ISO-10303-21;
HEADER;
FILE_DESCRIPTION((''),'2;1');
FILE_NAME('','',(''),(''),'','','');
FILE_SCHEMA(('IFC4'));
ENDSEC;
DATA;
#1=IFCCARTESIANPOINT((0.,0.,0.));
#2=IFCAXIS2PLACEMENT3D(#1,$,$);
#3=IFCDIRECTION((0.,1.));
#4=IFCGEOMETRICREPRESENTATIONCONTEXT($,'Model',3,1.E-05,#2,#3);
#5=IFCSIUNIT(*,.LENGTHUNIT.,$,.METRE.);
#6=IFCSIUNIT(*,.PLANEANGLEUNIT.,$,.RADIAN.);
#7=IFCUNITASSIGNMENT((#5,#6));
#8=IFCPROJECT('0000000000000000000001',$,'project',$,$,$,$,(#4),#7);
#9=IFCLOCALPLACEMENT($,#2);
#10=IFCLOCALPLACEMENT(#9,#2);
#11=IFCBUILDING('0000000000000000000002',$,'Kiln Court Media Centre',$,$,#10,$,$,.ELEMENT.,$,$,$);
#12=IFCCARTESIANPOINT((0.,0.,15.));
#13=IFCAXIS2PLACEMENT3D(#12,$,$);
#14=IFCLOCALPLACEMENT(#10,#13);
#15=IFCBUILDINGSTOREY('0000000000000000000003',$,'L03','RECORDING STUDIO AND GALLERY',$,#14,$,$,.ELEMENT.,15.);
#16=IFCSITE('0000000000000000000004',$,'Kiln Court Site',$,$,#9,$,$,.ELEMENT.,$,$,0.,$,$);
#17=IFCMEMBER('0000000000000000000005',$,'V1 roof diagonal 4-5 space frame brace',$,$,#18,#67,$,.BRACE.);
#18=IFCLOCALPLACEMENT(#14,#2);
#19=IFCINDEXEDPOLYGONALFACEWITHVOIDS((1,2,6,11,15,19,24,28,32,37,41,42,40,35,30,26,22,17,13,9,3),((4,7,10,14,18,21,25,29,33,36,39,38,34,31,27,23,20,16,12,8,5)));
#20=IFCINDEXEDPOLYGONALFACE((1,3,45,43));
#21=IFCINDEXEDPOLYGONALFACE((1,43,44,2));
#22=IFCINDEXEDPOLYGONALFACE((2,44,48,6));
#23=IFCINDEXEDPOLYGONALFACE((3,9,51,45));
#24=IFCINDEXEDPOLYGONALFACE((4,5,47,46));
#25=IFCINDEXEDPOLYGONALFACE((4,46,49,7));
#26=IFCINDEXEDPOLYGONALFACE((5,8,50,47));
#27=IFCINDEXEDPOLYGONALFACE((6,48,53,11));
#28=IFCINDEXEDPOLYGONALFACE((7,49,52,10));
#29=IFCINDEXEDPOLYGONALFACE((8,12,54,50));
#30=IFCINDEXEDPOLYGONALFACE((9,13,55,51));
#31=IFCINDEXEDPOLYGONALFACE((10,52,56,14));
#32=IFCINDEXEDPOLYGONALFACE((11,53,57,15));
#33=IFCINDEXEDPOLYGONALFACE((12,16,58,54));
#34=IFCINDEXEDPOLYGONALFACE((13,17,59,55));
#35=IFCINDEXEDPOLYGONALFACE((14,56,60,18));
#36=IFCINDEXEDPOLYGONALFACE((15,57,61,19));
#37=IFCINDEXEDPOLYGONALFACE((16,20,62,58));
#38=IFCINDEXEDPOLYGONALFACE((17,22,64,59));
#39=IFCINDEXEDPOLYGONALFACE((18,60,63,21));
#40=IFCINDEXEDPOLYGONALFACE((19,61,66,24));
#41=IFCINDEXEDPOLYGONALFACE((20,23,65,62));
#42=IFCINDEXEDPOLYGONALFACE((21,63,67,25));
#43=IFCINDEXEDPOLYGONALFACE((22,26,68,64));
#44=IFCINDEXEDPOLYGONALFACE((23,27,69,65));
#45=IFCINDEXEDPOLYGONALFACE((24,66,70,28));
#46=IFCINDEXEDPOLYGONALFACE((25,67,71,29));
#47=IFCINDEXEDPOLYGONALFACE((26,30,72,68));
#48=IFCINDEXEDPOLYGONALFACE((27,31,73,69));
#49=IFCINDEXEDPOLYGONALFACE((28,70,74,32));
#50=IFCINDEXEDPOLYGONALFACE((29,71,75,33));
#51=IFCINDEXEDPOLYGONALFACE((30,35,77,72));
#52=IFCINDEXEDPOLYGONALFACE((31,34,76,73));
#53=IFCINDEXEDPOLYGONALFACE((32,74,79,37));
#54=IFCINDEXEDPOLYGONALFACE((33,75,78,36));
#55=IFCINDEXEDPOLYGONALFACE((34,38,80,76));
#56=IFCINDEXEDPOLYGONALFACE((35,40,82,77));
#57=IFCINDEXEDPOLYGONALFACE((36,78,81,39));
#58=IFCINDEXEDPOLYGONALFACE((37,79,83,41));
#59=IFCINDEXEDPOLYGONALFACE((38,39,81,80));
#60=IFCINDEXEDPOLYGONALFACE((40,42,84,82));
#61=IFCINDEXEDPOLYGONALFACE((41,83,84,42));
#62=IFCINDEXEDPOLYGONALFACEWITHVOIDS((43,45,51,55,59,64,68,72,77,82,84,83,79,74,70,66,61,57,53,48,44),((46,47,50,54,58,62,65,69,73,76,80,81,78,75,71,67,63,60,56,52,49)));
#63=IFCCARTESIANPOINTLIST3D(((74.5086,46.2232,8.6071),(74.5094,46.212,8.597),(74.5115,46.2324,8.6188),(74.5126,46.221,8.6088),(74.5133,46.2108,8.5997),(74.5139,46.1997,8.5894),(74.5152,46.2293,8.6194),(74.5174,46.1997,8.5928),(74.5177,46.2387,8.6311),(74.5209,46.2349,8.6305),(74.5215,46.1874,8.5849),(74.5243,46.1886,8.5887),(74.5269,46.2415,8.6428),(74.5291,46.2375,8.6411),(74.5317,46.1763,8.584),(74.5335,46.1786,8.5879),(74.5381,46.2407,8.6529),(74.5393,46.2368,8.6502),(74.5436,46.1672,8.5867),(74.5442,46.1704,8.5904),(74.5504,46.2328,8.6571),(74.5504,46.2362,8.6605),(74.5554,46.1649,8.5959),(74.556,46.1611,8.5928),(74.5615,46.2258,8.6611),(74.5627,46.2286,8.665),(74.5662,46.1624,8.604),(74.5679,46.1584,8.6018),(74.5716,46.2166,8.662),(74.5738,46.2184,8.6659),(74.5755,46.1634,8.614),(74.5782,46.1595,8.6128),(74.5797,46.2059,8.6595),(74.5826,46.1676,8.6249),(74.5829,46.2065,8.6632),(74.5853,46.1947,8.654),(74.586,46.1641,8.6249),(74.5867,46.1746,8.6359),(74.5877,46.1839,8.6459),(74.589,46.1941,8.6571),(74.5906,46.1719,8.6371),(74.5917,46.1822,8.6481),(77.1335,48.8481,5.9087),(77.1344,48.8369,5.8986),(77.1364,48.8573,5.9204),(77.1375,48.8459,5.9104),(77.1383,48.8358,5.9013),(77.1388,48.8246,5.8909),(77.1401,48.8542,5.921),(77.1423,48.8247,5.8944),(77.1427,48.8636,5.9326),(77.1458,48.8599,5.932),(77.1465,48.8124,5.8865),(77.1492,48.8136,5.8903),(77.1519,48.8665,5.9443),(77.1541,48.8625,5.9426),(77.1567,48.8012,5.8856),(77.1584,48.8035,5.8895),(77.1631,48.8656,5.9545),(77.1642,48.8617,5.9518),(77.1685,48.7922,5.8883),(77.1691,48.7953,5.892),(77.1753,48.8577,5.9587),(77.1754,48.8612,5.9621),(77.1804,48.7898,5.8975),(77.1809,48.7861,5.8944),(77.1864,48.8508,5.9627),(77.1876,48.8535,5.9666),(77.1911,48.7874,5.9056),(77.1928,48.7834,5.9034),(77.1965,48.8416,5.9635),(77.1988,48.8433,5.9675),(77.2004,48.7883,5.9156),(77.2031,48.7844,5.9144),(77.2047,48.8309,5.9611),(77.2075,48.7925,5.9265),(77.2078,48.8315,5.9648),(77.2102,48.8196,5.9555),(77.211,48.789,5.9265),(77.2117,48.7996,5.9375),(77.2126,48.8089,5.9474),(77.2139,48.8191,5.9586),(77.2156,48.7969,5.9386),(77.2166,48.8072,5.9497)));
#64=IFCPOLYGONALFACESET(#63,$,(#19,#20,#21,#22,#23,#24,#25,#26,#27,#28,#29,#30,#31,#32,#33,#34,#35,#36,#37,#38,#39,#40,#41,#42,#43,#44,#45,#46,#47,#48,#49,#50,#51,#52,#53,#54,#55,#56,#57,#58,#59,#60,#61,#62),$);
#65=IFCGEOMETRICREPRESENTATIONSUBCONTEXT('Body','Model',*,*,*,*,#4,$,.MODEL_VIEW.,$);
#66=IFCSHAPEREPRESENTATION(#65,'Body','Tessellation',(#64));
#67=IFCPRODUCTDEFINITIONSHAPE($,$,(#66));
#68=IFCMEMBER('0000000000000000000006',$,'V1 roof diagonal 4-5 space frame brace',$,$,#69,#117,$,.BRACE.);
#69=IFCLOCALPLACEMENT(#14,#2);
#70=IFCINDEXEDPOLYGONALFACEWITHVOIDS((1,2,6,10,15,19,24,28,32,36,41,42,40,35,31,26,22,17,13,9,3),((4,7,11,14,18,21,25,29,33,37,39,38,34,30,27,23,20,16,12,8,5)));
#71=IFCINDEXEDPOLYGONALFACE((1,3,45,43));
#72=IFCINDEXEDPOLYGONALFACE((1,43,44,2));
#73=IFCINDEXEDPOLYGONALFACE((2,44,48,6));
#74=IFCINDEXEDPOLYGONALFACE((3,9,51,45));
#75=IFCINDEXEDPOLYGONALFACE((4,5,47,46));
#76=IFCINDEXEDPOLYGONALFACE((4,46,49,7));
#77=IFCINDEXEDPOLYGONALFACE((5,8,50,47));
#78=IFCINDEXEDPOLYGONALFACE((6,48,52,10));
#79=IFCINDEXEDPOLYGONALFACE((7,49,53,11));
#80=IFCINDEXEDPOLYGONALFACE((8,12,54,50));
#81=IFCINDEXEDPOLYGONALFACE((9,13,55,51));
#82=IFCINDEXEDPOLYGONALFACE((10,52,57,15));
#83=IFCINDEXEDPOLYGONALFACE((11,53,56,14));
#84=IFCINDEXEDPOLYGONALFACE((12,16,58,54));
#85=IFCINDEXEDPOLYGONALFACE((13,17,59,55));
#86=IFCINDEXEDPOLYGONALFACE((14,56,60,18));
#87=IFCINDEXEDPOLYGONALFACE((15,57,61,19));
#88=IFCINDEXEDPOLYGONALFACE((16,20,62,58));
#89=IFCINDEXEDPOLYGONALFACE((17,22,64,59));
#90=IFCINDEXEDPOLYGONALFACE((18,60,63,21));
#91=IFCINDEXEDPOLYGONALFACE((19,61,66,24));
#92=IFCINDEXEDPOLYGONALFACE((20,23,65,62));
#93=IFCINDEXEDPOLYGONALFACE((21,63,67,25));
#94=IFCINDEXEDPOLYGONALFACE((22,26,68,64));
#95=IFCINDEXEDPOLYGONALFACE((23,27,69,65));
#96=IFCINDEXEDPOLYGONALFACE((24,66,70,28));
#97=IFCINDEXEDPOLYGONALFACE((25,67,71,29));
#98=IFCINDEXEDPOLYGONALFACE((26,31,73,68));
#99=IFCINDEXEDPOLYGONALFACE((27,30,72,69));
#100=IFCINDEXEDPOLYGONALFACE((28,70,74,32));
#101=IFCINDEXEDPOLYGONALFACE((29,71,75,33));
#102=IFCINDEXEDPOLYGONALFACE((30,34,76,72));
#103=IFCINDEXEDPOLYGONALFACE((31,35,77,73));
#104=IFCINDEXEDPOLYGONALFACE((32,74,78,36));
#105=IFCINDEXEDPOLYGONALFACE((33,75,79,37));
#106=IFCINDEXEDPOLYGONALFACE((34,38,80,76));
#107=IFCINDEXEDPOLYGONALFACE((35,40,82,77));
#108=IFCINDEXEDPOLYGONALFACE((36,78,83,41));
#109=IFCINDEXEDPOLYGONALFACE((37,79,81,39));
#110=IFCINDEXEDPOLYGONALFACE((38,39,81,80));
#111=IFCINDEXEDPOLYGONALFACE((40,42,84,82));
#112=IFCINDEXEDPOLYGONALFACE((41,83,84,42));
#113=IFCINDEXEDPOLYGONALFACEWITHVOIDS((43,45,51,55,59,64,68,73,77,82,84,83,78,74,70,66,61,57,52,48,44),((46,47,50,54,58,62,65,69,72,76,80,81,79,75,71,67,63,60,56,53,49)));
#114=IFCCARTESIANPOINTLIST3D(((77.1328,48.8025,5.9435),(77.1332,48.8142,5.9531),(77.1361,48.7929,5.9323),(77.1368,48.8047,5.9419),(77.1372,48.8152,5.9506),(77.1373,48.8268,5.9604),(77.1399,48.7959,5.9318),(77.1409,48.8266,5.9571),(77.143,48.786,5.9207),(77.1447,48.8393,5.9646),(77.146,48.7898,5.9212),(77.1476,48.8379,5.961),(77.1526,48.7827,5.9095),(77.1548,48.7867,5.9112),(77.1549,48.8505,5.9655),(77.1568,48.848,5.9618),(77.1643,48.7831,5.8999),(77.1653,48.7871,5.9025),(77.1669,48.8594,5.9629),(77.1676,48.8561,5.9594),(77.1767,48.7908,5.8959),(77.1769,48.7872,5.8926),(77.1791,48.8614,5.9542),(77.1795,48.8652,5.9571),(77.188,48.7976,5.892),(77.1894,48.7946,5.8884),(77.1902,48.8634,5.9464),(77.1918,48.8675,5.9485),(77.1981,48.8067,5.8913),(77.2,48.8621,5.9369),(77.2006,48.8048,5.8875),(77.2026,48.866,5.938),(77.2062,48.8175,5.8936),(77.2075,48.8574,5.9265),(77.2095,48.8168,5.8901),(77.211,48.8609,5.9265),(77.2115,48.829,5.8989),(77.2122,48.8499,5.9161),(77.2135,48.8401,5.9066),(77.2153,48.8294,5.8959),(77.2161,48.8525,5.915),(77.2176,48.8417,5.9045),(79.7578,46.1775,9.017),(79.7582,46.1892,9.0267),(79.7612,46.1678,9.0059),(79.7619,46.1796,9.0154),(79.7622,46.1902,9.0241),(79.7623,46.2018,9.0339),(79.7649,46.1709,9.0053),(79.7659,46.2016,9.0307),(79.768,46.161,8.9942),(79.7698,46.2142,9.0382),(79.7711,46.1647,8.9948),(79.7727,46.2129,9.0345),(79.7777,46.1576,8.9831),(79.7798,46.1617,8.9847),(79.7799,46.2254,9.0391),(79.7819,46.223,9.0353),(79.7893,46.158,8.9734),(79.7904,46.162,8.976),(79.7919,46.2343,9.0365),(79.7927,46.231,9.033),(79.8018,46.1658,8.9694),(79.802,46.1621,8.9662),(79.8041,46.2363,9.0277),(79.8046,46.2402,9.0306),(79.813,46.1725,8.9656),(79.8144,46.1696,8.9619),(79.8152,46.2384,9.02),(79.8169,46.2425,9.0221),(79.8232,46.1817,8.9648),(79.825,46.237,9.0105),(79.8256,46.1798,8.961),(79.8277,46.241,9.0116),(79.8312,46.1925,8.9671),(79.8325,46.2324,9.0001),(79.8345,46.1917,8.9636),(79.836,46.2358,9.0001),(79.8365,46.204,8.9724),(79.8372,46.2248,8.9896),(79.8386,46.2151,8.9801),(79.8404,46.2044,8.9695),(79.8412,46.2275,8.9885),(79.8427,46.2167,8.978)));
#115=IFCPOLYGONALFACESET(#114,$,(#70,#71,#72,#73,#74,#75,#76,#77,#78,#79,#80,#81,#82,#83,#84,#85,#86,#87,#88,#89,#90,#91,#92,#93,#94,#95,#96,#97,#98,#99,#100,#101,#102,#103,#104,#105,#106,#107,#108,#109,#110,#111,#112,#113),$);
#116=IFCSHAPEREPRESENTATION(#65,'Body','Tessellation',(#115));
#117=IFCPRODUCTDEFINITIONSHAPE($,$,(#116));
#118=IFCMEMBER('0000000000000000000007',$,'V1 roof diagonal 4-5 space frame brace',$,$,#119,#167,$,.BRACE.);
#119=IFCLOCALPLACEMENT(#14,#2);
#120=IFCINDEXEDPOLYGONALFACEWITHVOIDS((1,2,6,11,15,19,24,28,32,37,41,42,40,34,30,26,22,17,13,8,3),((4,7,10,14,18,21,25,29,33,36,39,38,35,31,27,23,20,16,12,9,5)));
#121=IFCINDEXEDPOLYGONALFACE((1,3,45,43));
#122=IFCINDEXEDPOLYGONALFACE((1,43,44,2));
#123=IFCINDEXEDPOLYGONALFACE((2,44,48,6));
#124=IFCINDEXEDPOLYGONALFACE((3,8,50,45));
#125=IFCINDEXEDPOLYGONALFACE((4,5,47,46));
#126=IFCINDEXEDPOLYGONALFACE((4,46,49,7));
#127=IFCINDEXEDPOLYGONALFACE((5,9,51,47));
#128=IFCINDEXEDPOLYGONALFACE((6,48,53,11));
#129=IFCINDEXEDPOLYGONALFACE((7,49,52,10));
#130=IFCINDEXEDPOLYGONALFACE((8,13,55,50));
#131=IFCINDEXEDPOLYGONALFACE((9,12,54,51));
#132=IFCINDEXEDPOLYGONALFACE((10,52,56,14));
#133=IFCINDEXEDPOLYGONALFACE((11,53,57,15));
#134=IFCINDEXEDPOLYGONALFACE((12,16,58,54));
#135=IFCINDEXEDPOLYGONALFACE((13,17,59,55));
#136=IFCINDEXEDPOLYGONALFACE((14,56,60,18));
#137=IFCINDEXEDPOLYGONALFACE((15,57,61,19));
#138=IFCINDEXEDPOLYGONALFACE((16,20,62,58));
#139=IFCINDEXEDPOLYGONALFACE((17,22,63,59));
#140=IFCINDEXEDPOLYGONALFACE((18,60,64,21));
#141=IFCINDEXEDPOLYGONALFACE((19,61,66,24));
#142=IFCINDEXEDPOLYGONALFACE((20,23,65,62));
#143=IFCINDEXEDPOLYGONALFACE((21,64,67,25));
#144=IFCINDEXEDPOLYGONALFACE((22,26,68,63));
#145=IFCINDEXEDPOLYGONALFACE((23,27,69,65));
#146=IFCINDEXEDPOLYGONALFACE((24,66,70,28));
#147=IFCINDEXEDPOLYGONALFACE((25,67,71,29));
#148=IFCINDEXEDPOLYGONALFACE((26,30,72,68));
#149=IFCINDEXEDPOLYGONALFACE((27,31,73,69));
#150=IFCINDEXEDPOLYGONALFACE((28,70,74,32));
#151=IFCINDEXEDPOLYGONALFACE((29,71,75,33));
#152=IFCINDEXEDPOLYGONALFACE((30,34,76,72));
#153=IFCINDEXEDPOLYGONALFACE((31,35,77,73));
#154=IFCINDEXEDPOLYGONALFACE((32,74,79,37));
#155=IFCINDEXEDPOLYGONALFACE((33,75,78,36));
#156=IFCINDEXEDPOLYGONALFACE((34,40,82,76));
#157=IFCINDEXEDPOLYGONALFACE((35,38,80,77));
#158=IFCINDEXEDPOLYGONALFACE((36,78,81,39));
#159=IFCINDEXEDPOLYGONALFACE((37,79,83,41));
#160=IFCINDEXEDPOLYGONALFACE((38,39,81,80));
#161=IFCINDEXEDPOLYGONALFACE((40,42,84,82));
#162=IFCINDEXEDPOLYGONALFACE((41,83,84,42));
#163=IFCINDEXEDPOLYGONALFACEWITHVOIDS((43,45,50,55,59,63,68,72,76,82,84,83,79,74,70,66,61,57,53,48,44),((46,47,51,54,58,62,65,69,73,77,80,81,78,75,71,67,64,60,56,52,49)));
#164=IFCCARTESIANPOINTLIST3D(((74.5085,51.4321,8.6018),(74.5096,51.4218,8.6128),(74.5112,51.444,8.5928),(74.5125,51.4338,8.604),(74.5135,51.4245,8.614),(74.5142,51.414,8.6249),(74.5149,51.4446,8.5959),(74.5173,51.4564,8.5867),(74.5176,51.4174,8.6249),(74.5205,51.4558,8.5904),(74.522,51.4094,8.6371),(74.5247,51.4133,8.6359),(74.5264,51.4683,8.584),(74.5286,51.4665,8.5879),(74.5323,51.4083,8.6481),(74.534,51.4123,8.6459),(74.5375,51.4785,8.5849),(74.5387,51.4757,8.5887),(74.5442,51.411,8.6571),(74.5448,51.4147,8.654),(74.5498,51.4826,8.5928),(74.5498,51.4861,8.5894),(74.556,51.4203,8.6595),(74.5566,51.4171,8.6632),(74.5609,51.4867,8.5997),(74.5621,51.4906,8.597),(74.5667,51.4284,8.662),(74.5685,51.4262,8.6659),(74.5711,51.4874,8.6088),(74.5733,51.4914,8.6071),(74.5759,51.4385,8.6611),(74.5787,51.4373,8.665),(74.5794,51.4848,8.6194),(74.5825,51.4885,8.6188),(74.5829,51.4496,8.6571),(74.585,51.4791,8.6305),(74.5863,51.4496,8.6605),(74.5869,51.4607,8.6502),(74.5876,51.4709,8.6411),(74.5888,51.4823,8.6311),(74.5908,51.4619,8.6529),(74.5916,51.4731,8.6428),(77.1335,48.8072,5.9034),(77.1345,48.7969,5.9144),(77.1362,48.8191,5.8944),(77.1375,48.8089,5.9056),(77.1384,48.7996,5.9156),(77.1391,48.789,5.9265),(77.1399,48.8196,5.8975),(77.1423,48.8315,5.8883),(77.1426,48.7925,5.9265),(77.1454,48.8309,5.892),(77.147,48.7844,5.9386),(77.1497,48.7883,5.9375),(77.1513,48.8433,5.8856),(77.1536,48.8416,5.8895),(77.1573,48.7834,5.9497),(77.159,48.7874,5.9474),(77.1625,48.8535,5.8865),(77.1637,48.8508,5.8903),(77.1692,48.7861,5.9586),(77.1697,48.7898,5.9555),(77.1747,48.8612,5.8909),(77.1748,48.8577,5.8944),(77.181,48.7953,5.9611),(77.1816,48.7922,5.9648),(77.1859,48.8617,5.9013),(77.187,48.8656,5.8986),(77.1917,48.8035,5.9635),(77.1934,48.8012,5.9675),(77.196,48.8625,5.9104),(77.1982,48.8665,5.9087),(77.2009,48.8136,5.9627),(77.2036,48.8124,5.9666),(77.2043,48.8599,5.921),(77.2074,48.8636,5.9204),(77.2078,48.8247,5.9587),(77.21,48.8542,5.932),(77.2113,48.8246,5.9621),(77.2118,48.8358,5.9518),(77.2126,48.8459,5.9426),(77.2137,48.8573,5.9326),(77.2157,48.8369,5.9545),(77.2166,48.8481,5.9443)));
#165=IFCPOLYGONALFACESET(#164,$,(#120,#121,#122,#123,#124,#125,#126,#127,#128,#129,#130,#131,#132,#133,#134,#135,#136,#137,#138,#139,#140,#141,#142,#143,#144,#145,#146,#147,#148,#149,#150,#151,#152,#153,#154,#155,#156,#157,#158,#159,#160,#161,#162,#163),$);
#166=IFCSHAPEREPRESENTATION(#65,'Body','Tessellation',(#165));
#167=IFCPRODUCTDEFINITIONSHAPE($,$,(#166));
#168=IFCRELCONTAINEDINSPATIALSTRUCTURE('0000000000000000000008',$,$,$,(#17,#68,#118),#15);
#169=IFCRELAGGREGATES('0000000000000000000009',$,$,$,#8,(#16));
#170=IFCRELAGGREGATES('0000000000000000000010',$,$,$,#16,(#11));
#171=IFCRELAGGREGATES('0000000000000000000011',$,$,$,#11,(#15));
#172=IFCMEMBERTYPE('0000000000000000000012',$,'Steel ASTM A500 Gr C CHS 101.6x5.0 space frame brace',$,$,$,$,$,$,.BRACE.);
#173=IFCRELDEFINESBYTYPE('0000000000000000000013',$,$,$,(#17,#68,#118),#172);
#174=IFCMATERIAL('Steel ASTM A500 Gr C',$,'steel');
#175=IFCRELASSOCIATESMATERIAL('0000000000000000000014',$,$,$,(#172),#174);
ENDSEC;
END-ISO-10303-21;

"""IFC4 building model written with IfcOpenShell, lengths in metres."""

from ifc_helpers import new_model, si_unit, direction, frame, origin, origin_2d, place, context, subcontext, project, spatial, hollow_circle, extrude, material, material_profile, profile_set, type_object, element, save


model = new_model("IFC4")

# Units and contexts
model_context = context("Model", 3, precision=1e-05, world=origin(), true_north=direction((0.0, 1.0)))
body_context = subcontext(model_context, "Body", "Model", "MODEL_VIEW")
ifc_project = project(units=[si_unit("LENGTHUNIT", "METRE"), si_unit("PLANEANGLEUNIT", "RADIAN")], contexts=[model_context])

# Site, building, storey
site_placement = place(None, origin())
site = spatial("IfcSite", under=ifc_project, at=site_placement, Name="Kiln Court Site", CompositionType="ELEMENT", RefElevation=0.0)
building_placement = place(site_placement, origin())
building = spatial("IfcBuilding", under=site, at=building_placement, Name="Kiln Court Media Centre", CompositionType="ELEMENT")
storey_placement = place(building_placement, frame((0.0, 0.0, 15.0)))
storey = spatial("IfcBuildingStorey", under=building, at=storey_placement, Name="L03", Description="RECORDING STUDIO AND GALLERY", CompositionType="ELEMENT", Elevation=15.0)

# Members
ifc_material_1 = material(Name="Steel ASTM A500 Gr C", Category="steel")
ifc_material_profile_1 = material_profile(ifc_material_1, hollow_circle(Radius=0.0508, WallThickness=0.0049, at=origin_2d()), Name="CHS 101.6x5.0")
ifc_profile_set_1 = profile_set([ifc_material_profile_1], Name="Steel ASTM A500 Gr C")
member_type_1 = type_object("IfcMemberType", Name="Steel ASTM A500 Gr C CHS 101.6x5.0 space frame brace", PredefinedType="BRACE", material=ifc_profile_set_1)
member_1_placement = place(storey_placement, frame((77.175, 48.825, 5.9265), z_axis=(-0.571964, -0.571964, 0.587976), x_axis=(0.707107, -0.707107, 0.0)))
element("IfcMember", 1, at=member_1_placement, inside=storey, type_object=member_type_1, Name="V1 roof diagonal 4-5 space frame brace", PredefinedType="BRACE", context=body_context, shape_type="SweptSolid", body=[
    extrude(hollow_circle(Radius=0.0508, WallThickness=0.0049, at=origin_2d()), origin(), (0.0, 0.0, 1.0), 4.5894),
])
member_2_placement = place(storey_placement, frame((77.175, 48.825, 5.9265), z_axis=(0.544662, -0.544662, 0.637719), x_axis=(0.707107, 0.707107, 0.0)))
element("IfcMember", 2, at=member_2_placement, inside=storey, type_object=member_type_1, Name="V1 roof diagonal 4-5 space frame brace", PredefinedType="BRACE", context=body_context, shape_type="SweptSolid", body=[
    extrude(hollow_circle(Radius=0.0508, WallThickness=0.0049, at=origin_2d()), origin(), (0.0, 0.0, 1.0), 4.8196),
])
member_3_placement = place(storey_placement, frame((77.175, 48.825, 5.9265), z_axis=(-0.571964, 0.571964, 0.587976), x_axis=(-0.707107, -0.707107, 0.0)))
element("IfcMember", 3, at=member_3_placement, inside=storey, type_object=member_type_1, Name="V1 roof diagonal 4-5 space frame brace", PredefinedType="BRACE", context=body_context, shape_type="SweptSolid", body=[
    extrude(hollow_circle(Radius=0.0508, WallThickness=0.0049, at=origin_2d()), origin(), (0.0, 0.0, 1.0), 4.5894),
])

save(model, "model.ifc")
